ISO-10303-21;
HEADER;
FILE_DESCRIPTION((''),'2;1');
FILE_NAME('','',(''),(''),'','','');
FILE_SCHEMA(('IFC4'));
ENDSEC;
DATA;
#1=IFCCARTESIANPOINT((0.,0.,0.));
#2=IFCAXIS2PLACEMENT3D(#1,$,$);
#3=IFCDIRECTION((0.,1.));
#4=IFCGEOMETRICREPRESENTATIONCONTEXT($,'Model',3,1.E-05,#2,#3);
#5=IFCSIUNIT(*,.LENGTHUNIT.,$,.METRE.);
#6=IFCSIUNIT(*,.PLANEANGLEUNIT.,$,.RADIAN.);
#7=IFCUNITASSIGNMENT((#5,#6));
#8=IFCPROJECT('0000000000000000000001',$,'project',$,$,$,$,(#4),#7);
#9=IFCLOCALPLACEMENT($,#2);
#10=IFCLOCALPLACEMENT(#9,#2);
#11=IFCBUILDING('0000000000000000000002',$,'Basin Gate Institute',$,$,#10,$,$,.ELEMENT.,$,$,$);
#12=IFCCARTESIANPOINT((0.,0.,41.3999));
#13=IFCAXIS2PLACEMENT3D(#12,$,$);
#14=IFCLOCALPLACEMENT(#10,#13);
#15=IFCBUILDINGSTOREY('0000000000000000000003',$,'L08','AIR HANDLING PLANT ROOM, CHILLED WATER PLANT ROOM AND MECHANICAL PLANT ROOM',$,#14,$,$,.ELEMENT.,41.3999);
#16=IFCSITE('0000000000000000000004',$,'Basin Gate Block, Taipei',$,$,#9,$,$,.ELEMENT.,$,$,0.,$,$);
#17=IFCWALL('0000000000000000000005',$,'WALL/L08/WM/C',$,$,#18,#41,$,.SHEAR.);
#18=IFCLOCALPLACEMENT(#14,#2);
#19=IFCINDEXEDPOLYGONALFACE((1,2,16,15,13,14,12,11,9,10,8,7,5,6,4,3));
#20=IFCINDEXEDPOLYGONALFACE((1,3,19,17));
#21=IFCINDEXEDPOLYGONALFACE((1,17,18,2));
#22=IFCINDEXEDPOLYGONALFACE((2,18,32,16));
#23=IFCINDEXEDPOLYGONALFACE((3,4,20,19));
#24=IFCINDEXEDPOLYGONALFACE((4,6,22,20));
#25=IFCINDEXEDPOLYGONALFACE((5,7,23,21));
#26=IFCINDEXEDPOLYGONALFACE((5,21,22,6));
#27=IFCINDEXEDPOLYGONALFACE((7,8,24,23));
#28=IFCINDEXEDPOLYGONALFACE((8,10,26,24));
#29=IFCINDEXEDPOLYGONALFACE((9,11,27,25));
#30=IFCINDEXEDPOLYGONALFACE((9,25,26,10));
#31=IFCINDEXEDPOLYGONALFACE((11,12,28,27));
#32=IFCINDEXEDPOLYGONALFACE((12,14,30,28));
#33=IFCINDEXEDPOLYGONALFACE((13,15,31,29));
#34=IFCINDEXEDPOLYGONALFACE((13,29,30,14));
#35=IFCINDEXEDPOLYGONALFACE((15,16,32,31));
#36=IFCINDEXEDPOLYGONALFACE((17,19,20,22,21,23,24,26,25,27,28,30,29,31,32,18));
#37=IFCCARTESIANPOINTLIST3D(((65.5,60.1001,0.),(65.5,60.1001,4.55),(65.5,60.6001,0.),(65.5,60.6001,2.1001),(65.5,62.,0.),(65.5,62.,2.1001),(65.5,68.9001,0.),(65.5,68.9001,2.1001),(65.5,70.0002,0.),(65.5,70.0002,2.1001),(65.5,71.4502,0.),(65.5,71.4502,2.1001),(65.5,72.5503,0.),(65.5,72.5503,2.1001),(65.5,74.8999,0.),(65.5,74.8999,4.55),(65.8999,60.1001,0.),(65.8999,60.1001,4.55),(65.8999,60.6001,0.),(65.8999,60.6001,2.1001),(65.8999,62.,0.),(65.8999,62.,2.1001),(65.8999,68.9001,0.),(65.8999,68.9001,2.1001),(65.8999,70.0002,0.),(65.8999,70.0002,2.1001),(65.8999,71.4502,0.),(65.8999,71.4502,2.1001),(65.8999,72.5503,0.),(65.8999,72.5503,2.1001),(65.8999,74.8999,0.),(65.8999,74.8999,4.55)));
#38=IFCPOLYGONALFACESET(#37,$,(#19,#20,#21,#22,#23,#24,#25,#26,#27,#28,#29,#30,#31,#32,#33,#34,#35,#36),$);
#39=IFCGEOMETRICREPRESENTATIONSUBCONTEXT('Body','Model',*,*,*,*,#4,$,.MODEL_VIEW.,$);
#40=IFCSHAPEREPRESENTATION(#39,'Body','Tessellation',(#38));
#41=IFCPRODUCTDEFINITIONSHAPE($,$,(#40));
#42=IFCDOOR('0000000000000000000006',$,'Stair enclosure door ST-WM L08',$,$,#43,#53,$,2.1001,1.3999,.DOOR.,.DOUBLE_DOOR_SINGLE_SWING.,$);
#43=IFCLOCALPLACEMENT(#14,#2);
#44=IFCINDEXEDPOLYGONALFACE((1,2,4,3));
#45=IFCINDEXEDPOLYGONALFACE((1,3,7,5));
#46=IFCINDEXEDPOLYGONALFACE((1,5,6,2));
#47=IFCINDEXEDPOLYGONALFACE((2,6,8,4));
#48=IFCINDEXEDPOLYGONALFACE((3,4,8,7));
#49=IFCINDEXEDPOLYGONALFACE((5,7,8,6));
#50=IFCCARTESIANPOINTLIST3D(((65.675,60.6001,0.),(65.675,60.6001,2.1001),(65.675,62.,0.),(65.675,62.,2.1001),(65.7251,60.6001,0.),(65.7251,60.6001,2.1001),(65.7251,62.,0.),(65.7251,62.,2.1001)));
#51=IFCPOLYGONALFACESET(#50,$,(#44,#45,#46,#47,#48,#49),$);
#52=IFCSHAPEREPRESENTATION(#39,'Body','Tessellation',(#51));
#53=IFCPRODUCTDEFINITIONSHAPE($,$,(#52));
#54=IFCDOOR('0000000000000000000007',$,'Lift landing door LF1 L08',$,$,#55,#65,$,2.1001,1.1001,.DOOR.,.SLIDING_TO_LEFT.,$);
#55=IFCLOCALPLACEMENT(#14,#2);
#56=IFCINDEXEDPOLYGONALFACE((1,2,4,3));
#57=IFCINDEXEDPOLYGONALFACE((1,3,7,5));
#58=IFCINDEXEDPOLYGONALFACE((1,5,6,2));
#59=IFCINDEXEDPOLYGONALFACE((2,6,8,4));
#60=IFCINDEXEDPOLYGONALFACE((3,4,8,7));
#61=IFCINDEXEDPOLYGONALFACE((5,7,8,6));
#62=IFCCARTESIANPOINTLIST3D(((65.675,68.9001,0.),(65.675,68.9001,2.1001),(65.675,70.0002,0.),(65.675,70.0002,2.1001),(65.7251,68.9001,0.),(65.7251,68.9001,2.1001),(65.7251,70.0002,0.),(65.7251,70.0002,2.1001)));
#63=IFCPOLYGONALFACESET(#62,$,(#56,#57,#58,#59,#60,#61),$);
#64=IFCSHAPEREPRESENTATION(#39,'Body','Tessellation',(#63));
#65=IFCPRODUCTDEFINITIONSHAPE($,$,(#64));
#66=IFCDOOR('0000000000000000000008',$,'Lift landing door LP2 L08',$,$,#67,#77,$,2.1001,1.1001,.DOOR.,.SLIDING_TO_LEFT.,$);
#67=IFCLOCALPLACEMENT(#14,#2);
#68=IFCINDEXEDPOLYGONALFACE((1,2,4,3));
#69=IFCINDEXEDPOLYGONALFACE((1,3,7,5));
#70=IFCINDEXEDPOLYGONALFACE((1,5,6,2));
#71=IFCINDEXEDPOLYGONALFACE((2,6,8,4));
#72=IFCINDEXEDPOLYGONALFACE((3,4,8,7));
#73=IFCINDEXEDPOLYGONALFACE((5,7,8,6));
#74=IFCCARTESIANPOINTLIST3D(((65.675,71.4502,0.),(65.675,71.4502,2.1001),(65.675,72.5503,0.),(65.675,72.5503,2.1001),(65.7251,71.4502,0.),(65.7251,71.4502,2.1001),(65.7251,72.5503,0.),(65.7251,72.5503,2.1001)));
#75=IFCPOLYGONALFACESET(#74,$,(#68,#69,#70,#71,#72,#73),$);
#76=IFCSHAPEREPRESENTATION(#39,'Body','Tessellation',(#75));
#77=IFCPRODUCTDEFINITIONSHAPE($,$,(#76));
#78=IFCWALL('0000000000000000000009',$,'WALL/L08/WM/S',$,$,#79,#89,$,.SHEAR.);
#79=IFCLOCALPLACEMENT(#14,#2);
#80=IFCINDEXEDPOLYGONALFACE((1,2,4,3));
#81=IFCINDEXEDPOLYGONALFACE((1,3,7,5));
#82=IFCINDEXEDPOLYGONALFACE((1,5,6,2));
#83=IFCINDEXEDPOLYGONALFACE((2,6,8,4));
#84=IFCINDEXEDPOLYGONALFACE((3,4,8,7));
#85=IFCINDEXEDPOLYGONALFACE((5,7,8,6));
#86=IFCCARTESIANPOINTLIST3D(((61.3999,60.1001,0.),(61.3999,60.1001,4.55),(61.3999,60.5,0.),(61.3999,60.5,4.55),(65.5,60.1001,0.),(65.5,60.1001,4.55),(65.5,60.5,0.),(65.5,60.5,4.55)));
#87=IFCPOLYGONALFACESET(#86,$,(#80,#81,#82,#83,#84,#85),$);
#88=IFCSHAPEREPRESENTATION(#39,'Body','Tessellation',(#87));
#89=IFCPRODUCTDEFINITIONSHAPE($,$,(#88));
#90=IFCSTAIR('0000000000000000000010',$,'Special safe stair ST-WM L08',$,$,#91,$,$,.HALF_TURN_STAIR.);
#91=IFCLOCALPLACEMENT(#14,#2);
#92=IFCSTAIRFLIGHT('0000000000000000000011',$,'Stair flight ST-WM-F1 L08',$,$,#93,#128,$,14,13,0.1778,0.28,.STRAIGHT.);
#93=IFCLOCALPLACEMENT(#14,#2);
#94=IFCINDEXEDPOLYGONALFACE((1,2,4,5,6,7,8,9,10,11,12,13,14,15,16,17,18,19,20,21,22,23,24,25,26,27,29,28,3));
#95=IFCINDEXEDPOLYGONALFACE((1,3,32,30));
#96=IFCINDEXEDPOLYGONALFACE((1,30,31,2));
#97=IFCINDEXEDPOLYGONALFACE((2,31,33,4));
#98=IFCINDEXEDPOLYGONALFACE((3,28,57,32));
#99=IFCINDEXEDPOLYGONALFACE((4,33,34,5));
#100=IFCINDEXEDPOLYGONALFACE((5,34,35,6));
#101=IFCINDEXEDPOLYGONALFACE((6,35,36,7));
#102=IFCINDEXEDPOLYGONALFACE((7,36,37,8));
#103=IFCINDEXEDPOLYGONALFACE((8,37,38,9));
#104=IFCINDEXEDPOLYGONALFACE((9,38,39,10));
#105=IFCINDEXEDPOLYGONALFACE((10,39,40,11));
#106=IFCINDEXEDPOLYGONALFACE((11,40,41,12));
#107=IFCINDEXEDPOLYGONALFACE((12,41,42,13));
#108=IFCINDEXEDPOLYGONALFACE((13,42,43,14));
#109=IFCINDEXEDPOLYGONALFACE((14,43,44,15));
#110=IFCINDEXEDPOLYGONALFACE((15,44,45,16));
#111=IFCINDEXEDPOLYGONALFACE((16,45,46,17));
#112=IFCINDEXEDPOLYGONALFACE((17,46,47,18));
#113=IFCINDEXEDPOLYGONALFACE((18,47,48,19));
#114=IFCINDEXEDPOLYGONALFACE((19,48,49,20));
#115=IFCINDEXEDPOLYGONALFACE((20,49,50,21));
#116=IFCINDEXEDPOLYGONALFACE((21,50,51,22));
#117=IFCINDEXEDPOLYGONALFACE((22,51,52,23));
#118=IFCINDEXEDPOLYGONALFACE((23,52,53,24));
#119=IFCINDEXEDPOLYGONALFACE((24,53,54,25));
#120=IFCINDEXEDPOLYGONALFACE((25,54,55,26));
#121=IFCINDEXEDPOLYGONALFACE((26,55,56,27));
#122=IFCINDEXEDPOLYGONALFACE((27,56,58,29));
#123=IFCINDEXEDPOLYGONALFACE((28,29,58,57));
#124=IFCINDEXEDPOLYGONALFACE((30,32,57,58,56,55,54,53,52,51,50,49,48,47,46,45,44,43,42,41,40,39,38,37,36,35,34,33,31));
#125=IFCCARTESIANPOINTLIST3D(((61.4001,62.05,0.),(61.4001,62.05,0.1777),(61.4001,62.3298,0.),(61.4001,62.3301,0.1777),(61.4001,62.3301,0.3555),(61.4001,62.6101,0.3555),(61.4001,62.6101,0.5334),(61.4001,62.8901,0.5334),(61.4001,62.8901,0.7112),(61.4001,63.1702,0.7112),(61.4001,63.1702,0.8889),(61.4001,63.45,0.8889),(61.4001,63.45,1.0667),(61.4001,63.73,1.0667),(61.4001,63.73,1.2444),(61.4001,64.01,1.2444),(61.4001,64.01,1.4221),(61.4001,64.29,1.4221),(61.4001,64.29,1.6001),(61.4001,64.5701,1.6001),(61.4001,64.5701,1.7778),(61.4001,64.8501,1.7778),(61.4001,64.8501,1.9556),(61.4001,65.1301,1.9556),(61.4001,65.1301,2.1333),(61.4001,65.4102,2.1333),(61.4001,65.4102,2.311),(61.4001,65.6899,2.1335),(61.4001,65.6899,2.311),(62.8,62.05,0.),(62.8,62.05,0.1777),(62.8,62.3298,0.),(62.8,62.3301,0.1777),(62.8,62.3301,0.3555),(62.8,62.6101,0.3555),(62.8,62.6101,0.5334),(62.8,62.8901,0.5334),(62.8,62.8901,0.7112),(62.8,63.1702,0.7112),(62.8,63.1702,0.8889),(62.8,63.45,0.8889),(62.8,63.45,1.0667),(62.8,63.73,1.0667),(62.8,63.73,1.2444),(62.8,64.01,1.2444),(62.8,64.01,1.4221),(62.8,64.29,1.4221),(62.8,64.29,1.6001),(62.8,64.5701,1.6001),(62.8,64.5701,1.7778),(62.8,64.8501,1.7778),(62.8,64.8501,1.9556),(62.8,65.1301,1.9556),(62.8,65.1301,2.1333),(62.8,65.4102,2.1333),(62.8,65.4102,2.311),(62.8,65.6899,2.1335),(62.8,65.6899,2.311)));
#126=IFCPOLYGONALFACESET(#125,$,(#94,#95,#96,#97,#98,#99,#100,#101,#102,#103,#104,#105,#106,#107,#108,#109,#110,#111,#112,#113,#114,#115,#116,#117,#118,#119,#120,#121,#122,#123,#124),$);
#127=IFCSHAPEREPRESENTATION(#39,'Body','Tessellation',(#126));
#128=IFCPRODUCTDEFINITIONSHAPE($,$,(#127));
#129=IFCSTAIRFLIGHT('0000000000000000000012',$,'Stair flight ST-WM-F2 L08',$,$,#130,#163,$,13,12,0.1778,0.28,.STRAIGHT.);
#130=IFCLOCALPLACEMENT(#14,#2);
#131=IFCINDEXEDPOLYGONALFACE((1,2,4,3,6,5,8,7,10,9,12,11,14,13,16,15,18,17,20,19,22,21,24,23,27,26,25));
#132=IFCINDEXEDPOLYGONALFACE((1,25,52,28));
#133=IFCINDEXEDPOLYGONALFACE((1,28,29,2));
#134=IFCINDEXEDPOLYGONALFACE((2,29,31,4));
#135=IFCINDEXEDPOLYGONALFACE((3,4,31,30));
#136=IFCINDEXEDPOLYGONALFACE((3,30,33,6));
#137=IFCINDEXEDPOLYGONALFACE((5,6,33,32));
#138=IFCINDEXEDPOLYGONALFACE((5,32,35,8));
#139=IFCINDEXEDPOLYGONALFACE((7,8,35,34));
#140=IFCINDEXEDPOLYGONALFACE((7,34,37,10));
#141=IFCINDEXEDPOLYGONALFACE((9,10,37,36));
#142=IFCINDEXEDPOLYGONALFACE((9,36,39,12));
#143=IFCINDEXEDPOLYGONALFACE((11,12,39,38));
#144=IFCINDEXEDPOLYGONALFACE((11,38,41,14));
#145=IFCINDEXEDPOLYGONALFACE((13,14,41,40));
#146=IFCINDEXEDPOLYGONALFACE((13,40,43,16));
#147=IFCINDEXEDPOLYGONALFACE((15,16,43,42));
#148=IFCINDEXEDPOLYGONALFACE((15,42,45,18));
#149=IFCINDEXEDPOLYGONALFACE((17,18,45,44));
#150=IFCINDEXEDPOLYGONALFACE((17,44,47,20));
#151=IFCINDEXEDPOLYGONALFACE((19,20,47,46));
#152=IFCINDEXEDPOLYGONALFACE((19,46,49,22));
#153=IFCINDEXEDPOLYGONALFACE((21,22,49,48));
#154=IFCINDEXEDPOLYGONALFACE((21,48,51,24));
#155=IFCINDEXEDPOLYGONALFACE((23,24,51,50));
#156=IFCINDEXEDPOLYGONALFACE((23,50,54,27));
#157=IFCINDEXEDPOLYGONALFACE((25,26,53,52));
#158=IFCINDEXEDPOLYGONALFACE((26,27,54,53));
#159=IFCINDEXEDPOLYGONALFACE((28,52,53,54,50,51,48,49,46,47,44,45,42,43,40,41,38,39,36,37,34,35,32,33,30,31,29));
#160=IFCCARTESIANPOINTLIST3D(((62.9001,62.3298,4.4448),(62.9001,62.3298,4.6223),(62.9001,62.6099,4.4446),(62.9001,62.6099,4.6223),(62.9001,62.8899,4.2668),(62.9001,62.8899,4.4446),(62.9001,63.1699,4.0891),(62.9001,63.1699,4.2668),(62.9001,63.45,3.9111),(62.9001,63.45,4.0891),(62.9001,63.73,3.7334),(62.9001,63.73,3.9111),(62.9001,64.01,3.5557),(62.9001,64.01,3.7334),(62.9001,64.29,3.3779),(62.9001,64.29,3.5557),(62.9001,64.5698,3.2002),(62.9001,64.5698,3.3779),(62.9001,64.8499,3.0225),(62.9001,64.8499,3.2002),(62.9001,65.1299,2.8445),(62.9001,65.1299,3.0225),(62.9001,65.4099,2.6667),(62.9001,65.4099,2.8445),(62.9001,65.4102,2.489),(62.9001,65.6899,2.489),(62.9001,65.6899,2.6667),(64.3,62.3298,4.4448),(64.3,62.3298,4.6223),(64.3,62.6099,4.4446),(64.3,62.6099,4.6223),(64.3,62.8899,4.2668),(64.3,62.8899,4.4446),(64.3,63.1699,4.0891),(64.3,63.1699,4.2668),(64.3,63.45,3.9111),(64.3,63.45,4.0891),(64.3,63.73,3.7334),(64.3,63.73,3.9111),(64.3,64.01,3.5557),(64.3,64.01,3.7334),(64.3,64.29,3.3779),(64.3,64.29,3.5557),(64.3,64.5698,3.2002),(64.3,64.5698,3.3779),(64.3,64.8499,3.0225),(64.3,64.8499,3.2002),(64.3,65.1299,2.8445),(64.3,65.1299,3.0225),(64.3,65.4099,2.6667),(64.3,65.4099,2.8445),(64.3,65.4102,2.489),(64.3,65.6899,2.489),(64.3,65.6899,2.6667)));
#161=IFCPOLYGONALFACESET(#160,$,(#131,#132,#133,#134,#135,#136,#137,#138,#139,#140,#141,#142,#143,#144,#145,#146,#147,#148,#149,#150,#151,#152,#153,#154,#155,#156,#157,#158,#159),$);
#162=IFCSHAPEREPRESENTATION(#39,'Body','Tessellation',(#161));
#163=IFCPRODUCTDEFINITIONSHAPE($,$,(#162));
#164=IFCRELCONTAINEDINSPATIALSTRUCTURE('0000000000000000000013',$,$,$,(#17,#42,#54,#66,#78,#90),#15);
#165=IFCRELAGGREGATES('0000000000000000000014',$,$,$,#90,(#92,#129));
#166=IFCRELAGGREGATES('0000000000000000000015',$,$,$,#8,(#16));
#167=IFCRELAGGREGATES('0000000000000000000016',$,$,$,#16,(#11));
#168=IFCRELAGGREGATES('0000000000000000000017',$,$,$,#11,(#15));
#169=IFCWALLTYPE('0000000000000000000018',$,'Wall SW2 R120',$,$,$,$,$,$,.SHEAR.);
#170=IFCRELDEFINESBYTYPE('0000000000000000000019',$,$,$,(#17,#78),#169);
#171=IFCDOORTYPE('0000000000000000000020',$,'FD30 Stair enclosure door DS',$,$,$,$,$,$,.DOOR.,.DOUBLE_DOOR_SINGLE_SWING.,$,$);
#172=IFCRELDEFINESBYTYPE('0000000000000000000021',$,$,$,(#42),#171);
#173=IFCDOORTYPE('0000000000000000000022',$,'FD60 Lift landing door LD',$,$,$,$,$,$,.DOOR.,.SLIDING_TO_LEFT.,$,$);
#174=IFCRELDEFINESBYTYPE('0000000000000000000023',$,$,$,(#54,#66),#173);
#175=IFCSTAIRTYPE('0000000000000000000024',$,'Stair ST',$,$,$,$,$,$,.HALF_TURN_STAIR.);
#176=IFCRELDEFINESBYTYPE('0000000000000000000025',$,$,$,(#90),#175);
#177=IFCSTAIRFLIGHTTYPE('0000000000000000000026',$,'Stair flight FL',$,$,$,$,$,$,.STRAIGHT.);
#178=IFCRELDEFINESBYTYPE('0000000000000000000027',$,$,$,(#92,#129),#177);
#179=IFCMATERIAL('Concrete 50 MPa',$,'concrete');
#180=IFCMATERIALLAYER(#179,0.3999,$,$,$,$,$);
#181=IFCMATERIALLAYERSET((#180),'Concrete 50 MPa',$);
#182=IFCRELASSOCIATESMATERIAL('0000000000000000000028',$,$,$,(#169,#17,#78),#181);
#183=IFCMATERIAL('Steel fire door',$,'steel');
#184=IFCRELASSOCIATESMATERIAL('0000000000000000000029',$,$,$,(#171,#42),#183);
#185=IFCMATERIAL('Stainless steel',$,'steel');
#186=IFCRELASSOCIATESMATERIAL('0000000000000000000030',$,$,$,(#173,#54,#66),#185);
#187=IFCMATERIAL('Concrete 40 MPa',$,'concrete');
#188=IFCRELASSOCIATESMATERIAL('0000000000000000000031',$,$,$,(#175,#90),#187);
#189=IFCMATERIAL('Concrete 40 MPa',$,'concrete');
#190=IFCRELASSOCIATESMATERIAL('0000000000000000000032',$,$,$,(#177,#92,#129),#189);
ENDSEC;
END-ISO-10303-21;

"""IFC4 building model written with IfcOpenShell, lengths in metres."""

from ifc_helpers import new_model, si_unit, direction, frame, frame_2d, origin, place, context, subcontext, project, spatial, polyline, rectangle, outline, extrude, material, layer, layer_set, type_object, element, fill, aggregate, save


model = new_model("IFC4")

# Units and contexts
model_context = context("Model", 3, precision=1e-05, world=origin(), true_north=direction((0.0, 1.0)))
body_context = subcontext(model_context, "Body", "Model", "MODEL_VIEW")
ifc_project = project(units=[si_unit("LENGTHUNIT", "METRE"), si_unit("PLANEANGLEUNIT", "RADIAN")], contexts=[model_context])

# Site, building, storey
site_placement = place(None, origin())
site = spatial("IfcSite", under=ifc_project, at=site_placement, Name="Basin Gate Block, Taipei", CompositionType="ELEMENT", RefElevation=0.0)
building_placement = place(site_placement, origin())
building = spatial("IfcBuilding", under=site, at=building_placement, Name="Basin Gate Institute", CompositionType="ELEMENT")
storey_placement = place(building_placement, frame((0.0, 0.0, 41.3999)))
storey = spatial("IfcBuildingStorey", under=building, at=storey_placement, Name="L08", Description="AIR HANDLING PLANT ROOM, CHILLED WATER PLANT ROOM AND MECHANICAL PLANT ROOM", CompositionType="ELEMENT", Elevation=41.3999)

# Shared definitions
ifc_material_1 = material(Name="Concrete 50 MPa", Category="concrete")
ifc_layer_1 = layer(ifc_material_1, 0.3999)
ifc_layer_set_1 = layer_set([ifc_layer_1], Name="Concrete 50 MPa")
wall_type_1 = type_object("IfcWallType", Name="Wall SW2 R120", PredefinedType="SHEAR", material=ifc_layer_set_1)

# Wall, openings, doors
wall_1_placement = place(storey_placement, frame((65.7, 60.1001, 0.0), z_axis=(0.0, 0.0, 1.0), x_axis=(0.0, 1.0, 0.0)))
wall_1 = element("IfcWall", 1, at=wall_1_placement, inside=storey, type_object=wall_type_1, material=ifc_layer_set_1, Name="WALL/L08/WM/C", PredefinedType="SHEAR", context=body_context, shape_type="SweptSolid", body=[
    extrude(rectangle(XDim=14.7998, YDim=0.3999, at=frame_2d((7.3999, 0.0))), origin(), (0.0, 0.0, 1.0), 4.55),
])
opening_1_placement = place(wall_1_placement, frame((0.5, 0.0, 0.0)))
opening_1 = element("IfcOpeningElement", 2, at=opening_1_placement, cuts=wall_1, PredefinedType="OPENING", context=body_context, shape_type="SweptSolid", body=[
    extrude(rectangle(XDim=1.3999, YDim=2.1001, at=frame_2d((0.7, 1.05))), frame((0.0, 0.21, 0.0), z_axis=(0.0, -1.0, 0.0), x_axis=(1.0, 0.0, 0.0)), (0.0, 0.0, 1.0), 0.4199),
])
opening_2_placement = place(wall_1_placement, frame((8.8, 0.0, 0.0)))
opening_2 = element("IfcOpeningElement", 3, at=opening_2_placement, cuts=wall_1, PredefinedType="OPENING", context=body_context, shape_type="SweptSolid", body=[
    extrude(rectangle(XDim=1.1001, YDim=2.1001, at=frame_2d((0.55, 1.05))), frame((0.0, 0.21, 0.0), z_axis=(0.0, -1.0, 0.0), x_axis=(1.0, 0.0, 0.0)), (0.0, 0.0, 1.0), 0.4199),
])
opening_3_placement = place(wall_1_placement, frame((11.3501, 0.0, 0.0)))
opening_3 = element("IfcOpeningElement", 4, at=opening_3_placement, cuts=wall_1, PredefinedType="OPENING", context=body_context, shape_type="SweptSolid", body=[
    extrude(rectangle(XDim=1.1001, YDim=2.1001, at=frame_2d((0.55, 1.05))), frame((0.0, 0.21, 0.0), z_axis=(0.0, -1.0, 0.0), x_axis=(1.0, 0.0, 0.0)), (0.0, 0.0, 1.0), 0.4199),
])
ifc_material_2 = material(Name="Steel fire door", Category="steel")
door_type_1 = type_object("IfcDoorType", Name="FD30 Stair enclosure door DS", OperationType="DOUBLE_DOOR_SINGLE_SWING", PredefinedType="DOOR", material=ifc_material_2)
door_1_placement = place(opening_1_placement, origin())
door_1 = element("IfcDoor", 5, at=door_1_placement, inside=storey, type_object=door_type_1, material=ifc_material_2, Name="Stair enclosure door ST-WM L08", OperationType="DOUBLE_DOOR_SINGLE_SWING", OverallHeight=2.1001, OverallWidth=1.3999, PredefinedType="DOOR", context=body_context, shape_type="SweptSolid", body=[
    extrude(rectangle(XDim=1.3999, YDim=2.1001, at=frame_2d((0.7, 1.05))), frame((0.0, 0.0249, 0.0), z_axis=(0.0, -1.0, 0.0), x_axis=(1.0, 0.0, 0.0)), (0.0, 0.0, 1.0), 0.05),
])
fill(opening_1, door_1)
ifc_material_3 = material(Name="Stainless steel", Category="steel")
door_type_2 = type_object("IfcDoorType", Name="FD60 Lift landing door LD", OperationType="SLIDING_TO_LEFT", PredefinedType="DOOR", material=ifc_material_3)
door_2_placement = place(opening_2_placement, origin())
door_2 = element("IfcDoor", 6, at=door_2_placement, inside=storey, type_object=door_type_2, material=ifc_material_3, Name="Lift landing door LF1 L08", OperationType="SLIDING_TO_LEFT", OverallHeight=2.1001, OverallWidth=1.1001, PredefinedType="DOOR", context=body_context, shape_type="SweptSolid", body=[
    extrude(rectangle(XDim=1.1001, YDim=2.1001, at=frame_2d((0.55, 1.05))), frame((0.0, 0.0249, 0.0), z_axis=(0.0, -1.0, 0.0), x_axis=(1.0, 0.0, 0.0)), (0.0, 0.0, 1.0), 0.05),
])
fill(opening_2, door_2)
door_3_placement = place(opening_3_placement, origin())
door_3 = element("IfcDoor", 7, at=door_3_placement, inside=storey, type_object=door_type_2, material=ifc_material_3, Name="Lift landing door LP2 L08", OperationType="SLIDING_TO_LEFT", OverallHeight=2.1001, OverallWidth=1.1001, PredefinedType="DOOR", context=body_context, shape_type="SweptSolid", body=[
    extrude(rectangle(XDim=1.1001, YDim=2.1001, at=frame_2d((0.55, 1.05))), frame((0.0, 0.0249, 0.0), z_axis=(0.0, -1.0, 0.0), x_axis=(1.0, 0.0, 0.0)), (0.0, 0.0, 1.0), 0.05),
])
fill(opening_3, door_3)

# Wall
wall_2_placement = place(storey_placement, frame((61.3999, 60.3, 0.0), z_axis=(0.0, 0.0, 1.0), x_axis=(1.0, 0.0, 0.0)))
element("IfcWall", 8, at=wall_2_placement, inside=storey, type_object=wall_type_1, material=ifc_layer_set_1, Name="WALL/L08/WM/S", PredefinedType="SHEAR", context=body_context, shape_type="SweptSolid", body=[
    extrude(rectangle(XDim=4.1001, YDim=0.3999, at=frame_2d((2.05, 0.0))), origin(), (0.0, 0.0, 1.0), 4.55),
])

# Stair, stair flights
ifc_material_4 = material(Name="Concrete 40 MPa", Category="concrete")
stair_type = type_object("IfcStairType", Name="Stair ST", PredefinedType="HALF_TURN_STAIR", material=ifc_material_4)
stair_placement = place(storey_placement, origin())
stair = element("IfcStair", 9, at=stair_placement, inside=storey, type_object=stair_type, material=ifc_material_4, Name="Special safe stair ST-WM L08", PredefinedType="HALF_TURN_STAIR")
ifc_material_5 = material(Name="Concrete 40 MPa", Category="concrete")
stair_flight_type = type_object("IfcStairFlightType", Name="Stair flight FL", PredefinedType="STRAIGHT", material=ifc_material_5)
stair_flight_1_placement = place(storey_placement, frame((62.1001, 62.05, 0.0), z_axis=(0.0, 0.0, 1.0), x_axis=(0.0, 1.0, 0.0)))
stair_flight_1 = element("IfcStairFlight", 10, at=stair_flight_1_placement, type_object=stair_flight_type, material=ifc_material_5, Name="Stair flight ST-WM-F1 L08", NumberOfRisers=14, NumberOfTreads=13, PredefinedType="STRAIGHT", RiserHeight=0.1778, TreadLength=0.28, context=body_context, shape_type="SweptSolid", body=[
    extrude(outline(polyline([(0.0, 0.0), (0.0, 0.1777), (0.28, 0.1777), (0.28, 0.3555), (0.5601, 0.3555), (0.5601, 0.5334), (0.8401, 0.5334), (0.8401, 0.7112), (1.1201, 0.7112), (1.1201, 0.8889), (1.3999, 0.8889), (1.3999, 1.0667), (1.6799, 1.0667), (1.6799, 1.2444), (1.96, 1.2444), (1.96, 1.4221), (2.24, 1.4221), (2.24, 1.6001), (2.52, 1.6001), (2.52, 1.7778), (2.8, 1.7778), (2.8, 1.9556), (3.0801, 1.9556), (3.0801, 2.1333), (3.3601, 2.1333), (3.3601, 2.311), (3.6399, 2.311), (3.6399, 2.4888), (3.6399, 2.1335), (0.2798, 0.0), (0.0, 0.0)])), frame((0.0, 0.7, 0.0), z_axis=(0.0, -1.0, 0.0), x_axis=(1.0, 0.0, 0.0)), (0.0, 0.0, 1.0), 1.3999),
])
stair_flight_2_placement = place(storey_placement, frame((63.6001, 65.6899, 2.489), z_axis=(0.0, 0.0, 1.0), x_axis=(0.0, -1.0, 0.0)))
stair_flight_2 = element("IfcStairFlight", 11, at=stair_flight_2_placement, type_object=stair_flight_type, material=ifc_material_5, Name="Stair flight ST-WM-F2 L08", NumberOfRisers=13, NumberOfTreads=12, PredefinedType="STRAIGHT", RiserHeight=0.1778, TreadLength=0.28, context=body_context, shape_type="SweptSolid", body=[
    extrude(outline(polyline([(0.0, 0.0), (0.0, 0.1777), (0.28, 0.1777), (0.28, 0.3555), (0.5601, 0.3555), (0.5601, 0.5334), (0.8401, 0.5334), (0.8401, 0.7112), (1.1201, 0.7112), (1.1201, 0.8889), (1.3999, 0.8889), (1.3999, 1.0667), (1.6799, 1.0667), (1.6799, 1.2444), (1.96, 1.2444), (1.96, 1.4221), (2.24, 1.4221), (2.24, 1.6001), (2.52, 1.6001), (2.52, 1.7778), (2.8, 1.7778), (2.8, 1.9556), (3.0801, 1.9556), (3.0801, 2.1333), (3.3601, 2.1333), (3.3601, 2.311), (3.3601, 1.9558), (0.2798, 0.0), (0.0, 0.0)])), frame((0.0, 0.7, 0.0), z_axis=(0.0, -1.0, 0.0), x_axis=(1.0, 0.0, 0.0)), (0.0, 0.0, 1.0), 1.3999),
])
aggregate(stair, [stair_flight_1, stair_flight_2])

save(model, "model.ifc")
